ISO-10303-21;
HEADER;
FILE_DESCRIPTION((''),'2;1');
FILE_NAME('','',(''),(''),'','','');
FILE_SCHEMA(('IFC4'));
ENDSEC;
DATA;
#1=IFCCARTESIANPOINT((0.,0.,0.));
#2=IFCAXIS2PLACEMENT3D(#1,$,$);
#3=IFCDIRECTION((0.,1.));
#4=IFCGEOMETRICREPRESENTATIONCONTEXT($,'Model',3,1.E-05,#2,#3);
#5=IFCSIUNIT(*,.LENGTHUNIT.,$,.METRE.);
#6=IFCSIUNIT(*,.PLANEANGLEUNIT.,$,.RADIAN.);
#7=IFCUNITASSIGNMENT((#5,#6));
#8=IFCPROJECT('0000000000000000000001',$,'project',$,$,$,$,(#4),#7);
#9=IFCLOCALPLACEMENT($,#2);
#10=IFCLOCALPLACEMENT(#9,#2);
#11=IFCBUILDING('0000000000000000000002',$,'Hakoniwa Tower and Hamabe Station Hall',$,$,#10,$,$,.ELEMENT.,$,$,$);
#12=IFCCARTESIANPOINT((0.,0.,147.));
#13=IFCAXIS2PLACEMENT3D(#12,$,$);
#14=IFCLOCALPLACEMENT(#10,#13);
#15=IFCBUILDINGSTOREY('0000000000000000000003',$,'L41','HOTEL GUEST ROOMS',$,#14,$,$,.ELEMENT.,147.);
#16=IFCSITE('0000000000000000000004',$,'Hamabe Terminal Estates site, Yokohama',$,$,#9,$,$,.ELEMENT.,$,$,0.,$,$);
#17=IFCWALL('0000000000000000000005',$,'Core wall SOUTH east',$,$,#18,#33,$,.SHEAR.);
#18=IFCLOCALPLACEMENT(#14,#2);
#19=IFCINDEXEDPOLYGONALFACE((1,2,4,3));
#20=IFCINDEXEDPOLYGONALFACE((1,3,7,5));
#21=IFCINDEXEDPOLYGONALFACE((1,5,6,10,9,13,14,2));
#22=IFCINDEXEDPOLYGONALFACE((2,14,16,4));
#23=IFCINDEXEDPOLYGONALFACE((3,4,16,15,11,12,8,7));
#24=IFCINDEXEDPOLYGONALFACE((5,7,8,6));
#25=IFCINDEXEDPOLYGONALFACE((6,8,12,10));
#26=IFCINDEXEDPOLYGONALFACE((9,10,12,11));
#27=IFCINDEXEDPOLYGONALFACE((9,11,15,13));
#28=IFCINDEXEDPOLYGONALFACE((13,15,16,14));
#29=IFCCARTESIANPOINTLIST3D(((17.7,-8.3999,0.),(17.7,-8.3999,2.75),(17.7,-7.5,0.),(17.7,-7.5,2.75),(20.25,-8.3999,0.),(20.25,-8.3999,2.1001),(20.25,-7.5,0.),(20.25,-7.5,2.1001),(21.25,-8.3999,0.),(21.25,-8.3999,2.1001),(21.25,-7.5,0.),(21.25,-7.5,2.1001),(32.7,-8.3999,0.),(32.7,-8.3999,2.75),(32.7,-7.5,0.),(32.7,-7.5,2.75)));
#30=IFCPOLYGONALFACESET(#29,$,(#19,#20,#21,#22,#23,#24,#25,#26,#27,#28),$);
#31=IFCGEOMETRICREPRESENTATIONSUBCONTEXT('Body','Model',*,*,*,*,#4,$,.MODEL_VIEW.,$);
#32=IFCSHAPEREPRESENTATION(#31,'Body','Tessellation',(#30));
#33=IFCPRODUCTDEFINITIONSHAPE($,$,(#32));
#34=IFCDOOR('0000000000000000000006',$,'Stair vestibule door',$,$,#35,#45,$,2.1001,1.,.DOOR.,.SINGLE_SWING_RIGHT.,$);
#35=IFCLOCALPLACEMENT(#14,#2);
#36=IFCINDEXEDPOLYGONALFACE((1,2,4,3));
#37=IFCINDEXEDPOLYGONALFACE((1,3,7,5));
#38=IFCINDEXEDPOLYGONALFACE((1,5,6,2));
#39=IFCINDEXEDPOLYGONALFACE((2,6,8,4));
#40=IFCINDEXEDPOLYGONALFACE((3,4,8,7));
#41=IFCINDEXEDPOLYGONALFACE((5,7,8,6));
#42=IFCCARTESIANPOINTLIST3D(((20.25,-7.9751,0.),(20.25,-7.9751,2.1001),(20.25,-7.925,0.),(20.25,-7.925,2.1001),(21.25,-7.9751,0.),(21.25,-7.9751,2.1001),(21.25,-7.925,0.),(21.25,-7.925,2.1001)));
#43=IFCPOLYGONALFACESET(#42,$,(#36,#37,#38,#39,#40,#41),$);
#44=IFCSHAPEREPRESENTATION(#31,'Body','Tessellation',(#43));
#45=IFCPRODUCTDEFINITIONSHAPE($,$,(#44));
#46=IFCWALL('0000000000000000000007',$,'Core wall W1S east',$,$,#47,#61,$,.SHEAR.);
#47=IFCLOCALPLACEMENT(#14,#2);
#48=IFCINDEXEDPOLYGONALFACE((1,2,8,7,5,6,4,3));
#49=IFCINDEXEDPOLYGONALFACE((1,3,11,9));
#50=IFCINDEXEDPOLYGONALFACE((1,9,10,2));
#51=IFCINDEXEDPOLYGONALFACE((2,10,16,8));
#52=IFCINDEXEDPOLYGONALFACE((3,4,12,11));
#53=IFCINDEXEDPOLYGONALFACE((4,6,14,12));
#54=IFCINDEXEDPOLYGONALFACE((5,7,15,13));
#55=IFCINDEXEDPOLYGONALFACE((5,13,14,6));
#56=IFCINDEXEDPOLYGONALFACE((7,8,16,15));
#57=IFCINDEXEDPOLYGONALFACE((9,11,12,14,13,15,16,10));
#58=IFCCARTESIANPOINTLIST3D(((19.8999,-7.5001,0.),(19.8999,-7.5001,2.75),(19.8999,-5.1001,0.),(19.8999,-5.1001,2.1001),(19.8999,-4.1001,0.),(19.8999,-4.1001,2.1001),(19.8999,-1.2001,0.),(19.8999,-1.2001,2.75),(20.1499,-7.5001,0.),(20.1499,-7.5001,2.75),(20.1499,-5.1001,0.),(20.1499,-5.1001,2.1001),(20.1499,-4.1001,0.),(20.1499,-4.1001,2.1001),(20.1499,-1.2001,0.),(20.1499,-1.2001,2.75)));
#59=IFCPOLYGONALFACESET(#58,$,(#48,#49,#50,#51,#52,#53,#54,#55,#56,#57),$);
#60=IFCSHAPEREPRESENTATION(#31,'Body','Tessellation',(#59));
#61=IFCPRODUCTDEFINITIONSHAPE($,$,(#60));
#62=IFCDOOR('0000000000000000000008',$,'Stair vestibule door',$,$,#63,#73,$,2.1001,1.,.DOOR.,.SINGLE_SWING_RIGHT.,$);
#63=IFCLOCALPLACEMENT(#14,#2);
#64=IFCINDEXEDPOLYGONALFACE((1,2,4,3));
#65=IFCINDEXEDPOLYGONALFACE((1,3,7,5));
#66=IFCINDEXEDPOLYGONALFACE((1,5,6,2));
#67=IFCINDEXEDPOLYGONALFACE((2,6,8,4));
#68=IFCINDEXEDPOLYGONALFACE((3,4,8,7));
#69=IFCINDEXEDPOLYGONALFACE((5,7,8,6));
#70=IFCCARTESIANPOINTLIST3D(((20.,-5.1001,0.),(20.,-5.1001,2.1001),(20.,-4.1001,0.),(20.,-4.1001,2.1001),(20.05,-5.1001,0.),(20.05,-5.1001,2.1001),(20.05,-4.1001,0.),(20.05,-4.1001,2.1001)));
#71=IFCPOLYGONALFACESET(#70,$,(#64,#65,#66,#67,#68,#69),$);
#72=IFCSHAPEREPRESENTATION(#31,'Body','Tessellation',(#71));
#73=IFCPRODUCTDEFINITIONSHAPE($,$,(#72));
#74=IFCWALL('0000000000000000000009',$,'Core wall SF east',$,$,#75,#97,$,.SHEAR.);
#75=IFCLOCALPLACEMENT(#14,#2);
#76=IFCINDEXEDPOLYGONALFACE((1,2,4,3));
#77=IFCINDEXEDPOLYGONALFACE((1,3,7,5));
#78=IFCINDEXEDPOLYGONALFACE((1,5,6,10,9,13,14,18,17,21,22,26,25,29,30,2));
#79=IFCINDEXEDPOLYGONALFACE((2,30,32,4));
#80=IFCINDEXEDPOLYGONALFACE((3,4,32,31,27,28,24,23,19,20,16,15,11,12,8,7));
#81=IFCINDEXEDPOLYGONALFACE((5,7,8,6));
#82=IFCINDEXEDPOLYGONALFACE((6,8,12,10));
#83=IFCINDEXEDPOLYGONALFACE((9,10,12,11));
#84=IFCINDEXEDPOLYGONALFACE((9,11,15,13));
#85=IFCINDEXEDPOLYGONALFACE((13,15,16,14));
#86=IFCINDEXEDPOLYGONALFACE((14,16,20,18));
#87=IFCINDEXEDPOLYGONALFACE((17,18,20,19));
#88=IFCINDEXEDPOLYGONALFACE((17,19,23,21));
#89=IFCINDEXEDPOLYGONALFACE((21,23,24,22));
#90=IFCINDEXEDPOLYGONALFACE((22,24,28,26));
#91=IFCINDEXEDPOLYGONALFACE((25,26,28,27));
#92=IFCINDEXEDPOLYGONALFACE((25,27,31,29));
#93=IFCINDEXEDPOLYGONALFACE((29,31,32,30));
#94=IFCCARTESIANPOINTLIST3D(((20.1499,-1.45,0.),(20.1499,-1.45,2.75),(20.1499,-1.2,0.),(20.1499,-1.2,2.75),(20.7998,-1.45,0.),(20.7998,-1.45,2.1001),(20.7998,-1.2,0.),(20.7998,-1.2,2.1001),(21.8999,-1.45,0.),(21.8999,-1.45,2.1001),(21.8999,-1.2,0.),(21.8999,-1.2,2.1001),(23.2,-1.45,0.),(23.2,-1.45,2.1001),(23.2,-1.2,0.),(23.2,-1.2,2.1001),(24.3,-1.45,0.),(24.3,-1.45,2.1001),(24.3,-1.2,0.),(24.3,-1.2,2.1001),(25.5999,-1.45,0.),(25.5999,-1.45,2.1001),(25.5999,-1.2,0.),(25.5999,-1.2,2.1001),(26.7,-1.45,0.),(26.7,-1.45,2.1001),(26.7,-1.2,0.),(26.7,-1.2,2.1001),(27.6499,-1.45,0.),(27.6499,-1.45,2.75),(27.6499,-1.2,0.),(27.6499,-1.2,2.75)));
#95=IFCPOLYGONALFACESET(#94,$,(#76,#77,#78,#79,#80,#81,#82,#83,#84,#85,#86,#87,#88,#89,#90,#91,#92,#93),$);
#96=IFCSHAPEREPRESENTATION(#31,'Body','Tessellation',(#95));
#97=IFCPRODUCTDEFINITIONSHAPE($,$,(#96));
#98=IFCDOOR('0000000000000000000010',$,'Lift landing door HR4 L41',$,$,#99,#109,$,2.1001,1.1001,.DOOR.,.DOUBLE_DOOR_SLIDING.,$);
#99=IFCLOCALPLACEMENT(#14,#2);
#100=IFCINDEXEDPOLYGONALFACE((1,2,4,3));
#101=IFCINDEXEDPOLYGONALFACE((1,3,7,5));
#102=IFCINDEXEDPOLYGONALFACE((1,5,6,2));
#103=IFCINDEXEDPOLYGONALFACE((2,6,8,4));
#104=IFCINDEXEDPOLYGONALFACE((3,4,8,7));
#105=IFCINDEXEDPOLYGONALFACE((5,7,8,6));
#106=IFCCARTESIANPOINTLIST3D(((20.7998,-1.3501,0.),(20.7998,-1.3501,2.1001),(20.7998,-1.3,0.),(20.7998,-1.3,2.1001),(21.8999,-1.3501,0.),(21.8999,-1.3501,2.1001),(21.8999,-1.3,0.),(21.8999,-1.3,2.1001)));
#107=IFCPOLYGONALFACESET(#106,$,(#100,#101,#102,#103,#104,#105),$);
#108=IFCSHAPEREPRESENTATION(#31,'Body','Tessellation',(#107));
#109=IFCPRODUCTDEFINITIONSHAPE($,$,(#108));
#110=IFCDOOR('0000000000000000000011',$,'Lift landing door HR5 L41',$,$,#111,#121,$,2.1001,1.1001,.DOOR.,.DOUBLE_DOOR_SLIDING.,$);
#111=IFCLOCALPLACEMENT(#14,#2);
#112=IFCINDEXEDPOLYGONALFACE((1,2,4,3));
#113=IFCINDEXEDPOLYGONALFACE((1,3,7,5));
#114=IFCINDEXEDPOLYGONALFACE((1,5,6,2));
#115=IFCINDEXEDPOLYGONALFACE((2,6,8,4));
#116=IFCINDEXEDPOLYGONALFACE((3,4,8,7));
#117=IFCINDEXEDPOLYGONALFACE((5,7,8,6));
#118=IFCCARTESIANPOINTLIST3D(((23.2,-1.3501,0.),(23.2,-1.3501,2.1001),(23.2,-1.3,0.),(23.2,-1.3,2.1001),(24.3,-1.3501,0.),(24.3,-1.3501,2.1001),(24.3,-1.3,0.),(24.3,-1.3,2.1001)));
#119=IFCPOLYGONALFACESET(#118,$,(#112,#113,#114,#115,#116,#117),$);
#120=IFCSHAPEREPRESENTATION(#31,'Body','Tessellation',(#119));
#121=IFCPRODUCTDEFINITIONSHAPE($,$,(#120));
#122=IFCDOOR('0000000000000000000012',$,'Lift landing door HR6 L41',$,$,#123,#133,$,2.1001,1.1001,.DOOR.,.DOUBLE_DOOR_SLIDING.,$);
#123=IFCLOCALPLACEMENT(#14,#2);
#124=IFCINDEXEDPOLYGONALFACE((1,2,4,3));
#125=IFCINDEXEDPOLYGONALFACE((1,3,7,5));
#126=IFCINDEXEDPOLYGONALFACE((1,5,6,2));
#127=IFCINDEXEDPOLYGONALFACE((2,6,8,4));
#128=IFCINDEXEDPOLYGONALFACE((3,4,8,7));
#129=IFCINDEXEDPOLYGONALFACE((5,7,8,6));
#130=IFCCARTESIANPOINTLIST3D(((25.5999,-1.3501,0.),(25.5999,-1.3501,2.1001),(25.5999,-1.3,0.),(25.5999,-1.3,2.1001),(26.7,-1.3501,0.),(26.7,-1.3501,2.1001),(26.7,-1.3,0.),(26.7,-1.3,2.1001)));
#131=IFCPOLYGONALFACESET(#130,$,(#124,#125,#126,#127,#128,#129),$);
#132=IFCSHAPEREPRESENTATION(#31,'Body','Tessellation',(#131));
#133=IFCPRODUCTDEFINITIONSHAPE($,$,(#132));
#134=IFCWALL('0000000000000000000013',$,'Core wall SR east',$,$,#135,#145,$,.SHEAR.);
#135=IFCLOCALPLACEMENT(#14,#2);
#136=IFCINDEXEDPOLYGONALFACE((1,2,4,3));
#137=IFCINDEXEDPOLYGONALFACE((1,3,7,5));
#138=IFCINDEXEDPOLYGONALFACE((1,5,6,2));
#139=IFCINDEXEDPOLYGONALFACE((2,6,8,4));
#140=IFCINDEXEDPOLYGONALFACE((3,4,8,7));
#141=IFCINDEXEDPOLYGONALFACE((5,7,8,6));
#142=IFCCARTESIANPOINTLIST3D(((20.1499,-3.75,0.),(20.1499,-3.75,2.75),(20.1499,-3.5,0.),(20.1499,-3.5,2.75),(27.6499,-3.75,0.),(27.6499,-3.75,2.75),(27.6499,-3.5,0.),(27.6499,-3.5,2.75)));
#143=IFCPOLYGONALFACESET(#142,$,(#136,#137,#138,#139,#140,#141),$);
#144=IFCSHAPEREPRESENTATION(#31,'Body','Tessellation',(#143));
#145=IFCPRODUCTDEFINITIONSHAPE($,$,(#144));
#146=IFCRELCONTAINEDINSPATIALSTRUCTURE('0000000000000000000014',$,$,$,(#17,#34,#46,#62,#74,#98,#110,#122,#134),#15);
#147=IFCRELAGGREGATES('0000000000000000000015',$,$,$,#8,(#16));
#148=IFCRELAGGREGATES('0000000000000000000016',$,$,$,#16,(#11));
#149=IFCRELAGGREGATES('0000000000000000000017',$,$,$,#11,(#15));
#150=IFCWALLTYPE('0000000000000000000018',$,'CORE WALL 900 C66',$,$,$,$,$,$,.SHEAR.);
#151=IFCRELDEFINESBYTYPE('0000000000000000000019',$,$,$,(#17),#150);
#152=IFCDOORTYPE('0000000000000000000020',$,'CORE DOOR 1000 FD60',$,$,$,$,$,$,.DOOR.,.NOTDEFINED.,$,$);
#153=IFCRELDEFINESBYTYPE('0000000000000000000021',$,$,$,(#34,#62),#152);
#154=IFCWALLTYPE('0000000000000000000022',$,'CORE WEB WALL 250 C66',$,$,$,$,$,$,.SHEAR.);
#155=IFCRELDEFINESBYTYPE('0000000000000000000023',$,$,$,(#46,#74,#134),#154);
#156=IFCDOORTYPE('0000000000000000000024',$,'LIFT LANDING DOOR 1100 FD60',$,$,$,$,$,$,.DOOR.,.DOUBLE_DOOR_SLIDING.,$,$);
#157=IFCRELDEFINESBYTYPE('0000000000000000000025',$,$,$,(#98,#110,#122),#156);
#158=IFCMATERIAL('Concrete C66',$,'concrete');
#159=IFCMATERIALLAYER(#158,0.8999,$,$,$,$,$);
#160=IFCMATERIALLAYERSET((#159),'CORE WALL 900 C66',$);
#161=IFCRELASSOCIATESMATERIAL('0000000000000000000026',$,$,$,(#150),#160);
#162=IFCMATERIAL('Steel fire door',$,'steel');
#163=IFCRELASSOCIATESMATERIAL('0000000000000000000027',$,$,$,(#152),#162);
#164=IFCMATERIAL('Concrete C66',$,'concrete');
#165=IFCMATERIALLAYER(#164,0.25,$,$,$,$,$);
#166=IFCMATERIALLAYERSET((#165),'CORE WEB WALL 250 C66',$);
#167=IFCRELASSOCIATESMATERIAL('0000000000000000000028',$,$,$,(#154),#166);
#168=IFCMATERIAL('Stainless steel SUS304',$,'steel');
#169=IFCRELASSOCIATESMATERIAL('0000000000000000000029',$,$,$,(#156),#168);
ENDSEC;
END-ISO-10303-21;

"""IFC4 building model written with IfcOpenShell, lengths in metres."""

from ifc_helpers import new_model, si_unit, direction, frame, frame_2d, origin, place, context, subcontext, project, spatial, rectangle, extrude, material, layer, layer_set, type_object, element, fill, save


model = new_model("IFC4")

# Units and contexts
model_context = context("Model", 3, precision=1e-05, world=origin(), true_north=direction((0.0, 1.0)))
body_context = subcontext(model_context, "Body", "Model", "MODEL_VIEW")
ifc_project = project(units=[si_unit("LENGTHUNIT", "METRE"), si_unit("PLANEANGLEUNIT", "RADIAN")], contexts=[model_context])

# Site, building, storey
site_placement = place(None, origin())
site = spatial("IfcSite", under=ifc_project, at=site_placement, Name="Hamabe Terminal Estates site, Yokohama", CompositionType="ELEMENT", RefElevation=0.0)
building_placement = place(site_placement, origin())
building = spatial("IfcBuilding", under=site, at=building_placement, Name="Hakoniwa Tower and Hamabe Station Hall", CompositionType="ELEMENT")
storey_placement = place(building_placement, frame((0.0, 0.0, 147.0)))
storey = spatial("IfcBuildingStorey", under=building, at=storey_placement, Name="L41", Description="HOTEL GUEST ROOMS", CompositionType="ELEMENT", Elevation=147.0)

# Walls, openings, doors
ifc_material_1 = material(Name="Concrete C66", Category="concrete")
ifc_layer_1 = layer(ifc_material_1, 0.8999)
ifc_layer_set_1 = layer_set([ifc_layer_1], Name="CORE WALL 900 C66")
wall_type_1 = type_object("IfcWallType", Name="CORE WALL 900 C66", PredefinedType="SHEAR", material=ifc_layer_set_1)
wall_1_placement = place(storey_placement, frame((17.7, -7.95, 0.0), z_axis=(0.0, 0.0, 1.0), x_axis=(1.0, 0.0, 0.0)))
wall_1 = element("IfcWall", 1, at=wall_1_placement, inside=storey, type_object=wall_type_1, Name="Core wall SOUTH east", PredefinedType="SHEAR", context=body_context, shape_type="SweptSolid", body=[
    extrude(rectangle(XDim=15.0, YDim=0.8999, at=frame_2d((7.5, 0.0))), origin(), (0.0, 0.0, 1.0), 2.75),
])
opening_1_placement = place(wall_1_placement, frame((2.55, 0.0, 0.0)))
opening_1 = element("IfcOpeningElement", 2, at=opening_1_placement, cuts=wall_1, PredefinedType="OPENING", context=body_context, shape_type="SweptSolid", body=[
    extrude(rectangle(XDim=1.0, YDim=2.1001, at=frame_2d((0.5, 1.05))), frame((0.0, 0.46, 0.0), z_axis=(0.0, -1.0, 0.0), x_axis=(1.0, 0.0, 0.0)), (0.0, 0.0, 1.0), 0.9199),
])
ifc_material_2 = material(Name="Steel fire door", Category="steel")
door_type_1 = type_object("IfcDoorType", Name="CORE DOOR 1000 FD60", OperationType="NOTDEFINED", PredefinedType="DOOR", material=ifc_material_2)
door_1_placement = place(opening_1_placement, origin())
door_1 = element("IfcDoor", 3, at=door_1_placement, inside=storey, type_object=door_type_1, Name="Stair vestibule door", OperationType="SINGLE_SWING_RIGHT", OverallHeight=2.1001, OverallWidth=1.0, PredefinedType="DOOR", context=body_context, shape_type="SweptSolid", body=[
    extrude(rectangle(XDim=1.0, YDim=2.1001, at=frame_2d((0.5, 1.05))), frame((0.0, 0.0249, 0.0), z_axis=(0.0, -1.0, 0.0), x_axis=(1.0, 0.0, 0.0)), (0.0, 0.0, 1.0), 0.05),
])
fill(opening_1, door_1)
ifc_material_3 = material(Name="Concrete C66", Category="concrete")
ifc_layer_2 = layer(ifc_material_3, 0.25)
ifc_layer_set_2 = layer_set([ifc_layer_2], Name="CORE WEB WALL 250 C66")
wall_type_2 = type_object("IfcWallType", Name="CORE WEB WALL 250 C66", PredefinedType="SHEAR", material=ifc_layer_set_2)
wall_2_placement = place(storey_placement, frame((20.0249, -7.5, 0.0), z_axis=(0.0, 0.0, 1.0), x_axis=(0.0, 1.0, 0.0)))
wall_2 = element("IfcWall", 4, at=wall_2_placement, inside=storey, type_object=wall_type_2, Name="Core wall W1S east", PredefinedType="SHEAR", context=body_context, shape_type="SweptSolid", body=[
    extrude(rectangle(XDim=6.3, YDim=0.25, at=frame_2d((3.1499, 0.0))), origin(), (0.0, 0.0, 1.0), 2.75),
])
opening_2_placement = place(wall_2_placement, frame((2.3999, 0.0, 0.0)))
opening_2 = element("IfcOpeningElement", 5, at=opening_2_placement, cuts=wall_2, PredefinedType="OPENING", context=body_context, shape_type="SweptSolid", body=[
    extrude(rectangle(XDim=1.0, YDim=2.1001, at=frame_2d((0.5, 1.05))), frame((0.0, 0.135, 0.0), z_axis=(0.0, -1.0, 0.0), x_axis=(1.0, 0.0, 0.0)), (0.0, 0.0, 1.0), 0.27),
])
door_2_placement = place(opening_2_placement, origin())
door_2 = element("IfcDoor", 6, at=door_2_placement, inside=storey, type_object=door_type_1, Name="Stair vestibule door", OperationType="SINGLE_SWING_RIGHT", OverallHeight=2.1001, OverallWidth=1.0, PredefinedType="DOOR", context=body_context, shape_type="SweptSolid", body=[
    extrude(rectangle(XDim=1.0, YDim=2.1001, at=frame_2d((0.5, 1.05))), frame((0.0, 0.0249, 0.0), z_axis=(0.0, -1.0, 0.0), x_axis=(1.0, 0.0, 0.0)), (0.0, 0.0, 1.0), 0.05),
])
fill(opening_2, door_2)

# Wall, openings, doors
wall_3_placement = place(storey_placement, frame((20.1499, -1.325, 0.0), z_axis=(0.0, 0.0, 1.0), x_axis=(1.0, 0.0, 0.0)))
wall_3 = element("IfcWall", 7, at=wall_3_placement, inside=storey, type_object=wall_type_2, Name="Core wall SF east", PredefinedType="SHEAR", context=body_context, shape_type="SweptSolid", body=[
    extrude(rectangle(XDim=7.5, YDim=0.25, at=frame_2d((3.75, 0.0))), origin(), (0.0, 0.0, 1.0), 2.75),
])
opening_3_placement = place(wall_3_placement, frame((0.6499, 0.0, 0.0)))
opening_3 = element("IfcOpeningElement", 8, at=opening_3_placement, cuts=wall_3, PredefinedType="OPENING", context=body_context, shape_type="SweptSolid", body=[
    extrude(rectangle(XDim=1.1001, YDim=2.1001, at=frame_2d((0.55, 1.05))), frame((0.0, 0.135, 0.0), z_axis=(0.0, -1.0, 0.0), x_axis=(1.0, 0.0, 0.0)), (0.0, 0.0, 1.0), 0.27),
])
opening_4_placement = place(wall_3_placement, frame((3.05, 0.0, 0.0)))
opening_4 = element("IfcOpeningElement", 9, at=opening_4_placement, cuts=wall_3, PredefinedType="OPENING", context=body_context, shape_type="SweptSolid", body=[
    extrude(rectangle(XDim=1.1001, YDim=2.1001, at=frame_2d((0.55, 1.05))), frame((0.0, 0.135, 0.0), z_axis=(0.0, -1.0, 0.0), x_axis=(1.0, 0.0, 0.0)), (0.0, 0.0, 1.0), 0.27),
])
opening_5_placement = place(wall_3_placement, frame((5.45, 0.0, 0.0)))
opening_5 = element("IfcOpeningElement", 10, at=opening_5_placement, cuts=wall_3, PredefinedType="OPENING", context=body_context, shape_type="SweptSolid", body=[
    extrude(rectangle(XDim=1.1001, YDim=2.1001, at=frame_2d((0.55, 1.05))), frame((0.0, 0.135, 0.0), z_axis=(0.0, -1.0, 0.0), x_axis=(1.0, 0.0, 0.0)), (0.0, 0.0, 1.0), 0.27),
])
ifc_material_4 = material(Name="Stainless steel SUS304", Category="steel")
door_type_2 = type_object("IfcDoorType", Name="LIFT LANDING DOOR 1100 FD60", OperationType="DOUBLE_DOOR_SLIDING", PredefinedType="DOOR", material=ifc_material_4)
door_3_placement = place(opening_3_placement, origin())
door_3 = element("IfcDoor", 11, at=door_3_placement, inside=storey, type_object=door_type_2, Name="Lift landing door HR4 L41", OperationType="DOUBLE_DOOR_SLIDING", OverallHeight=2.1001, OverallWidth=1.1001, PredefinedType="DOOR", context=body_context, shape_type="SweptSolid", body=[
    extrude(rectangle(XDim=1.1001, YDim=2.1001, at=frame_2d((0.55, 1.05))), frame((0.0, 0.0249, 0.0), z_axis=(0.0, -1.0, 0.0), x_axis=(1.0, 0.0, 0.0)), (0.0, 0.0, 1.0), 0.05),
])
fill(opening_3, door_3)
door_4_placement = place(opening_4_placement, origin())
door_4 = element("IfcDoor", 12, at=door_4_placement, inside=storey, type_object=door_type_2, Name="Lift landing door HR5 L41", OperationType="DOUBLE_DOOR_SLIDING", OverallHeight=2.1001, OverallWidth=1.1001, PredefinedType="DOOR", context=body_context, shape_type="SweptSolid", body=[
    extrude(rectangle(XDim=1.1001, YDim=2.1001, at=frame_2d((0.55, 1.05))), frame((0.0, 0.0249, 0.0), z_axis=(0.0, -1.0, 0.0), x_axis=(1.0, 0.0, 0.0)), (0.0, 0.0, 1.0), 0.05),
])
fill(opening_4, door_4)
door_5_placement = place(opening_5_placement, origin())
door_5 = element("IfcDoor", 13, at=door_5_placement, inside=storey, type_object=door_type_2, Name="Lift landing door HR6 L41", OperationType="DOUBLE_DOOR_SLIDING", OverallHeight=2.1001, OverallWidth=1.1001, PredefinedType="DOOR", context=body_context, shape_type="SweptSolid", body=[
    extrude(rectangle(XDim=1.1001, YDim=2.1001, at=frame_2d((0.55, 1.05))), frame((0.0, 0.0249, 0.0), z_axis=(0.0, -1.0, 0.0), x_axis=(1.0, 0.0, 0.0)), (0.0, 0.0, 1.0), 0.05),
])
fill(opening_5, door_5)

# Wall
wall_4_placement = place(storey_placement, frame((20.1499, -3.625, 0.0), z_axis=(0.0, 0.0, 1.0), x_axis=(1.0, 0.0, 0.0)))
element("IfcWall", 14, at=wall_4_placement, inside=storey, type_object=wall_type_2, Name="Core wall SR east", PredefinedType="SHEAR", context=body_context, shape_type="SweptSolid", body=[
    extrude(rectangle(XDim=7.5, YDim=0.25, at=frame_2d((3.75, 0.0))), origin(), (0.0, 0.0, 1.0), 2.75),
])

save(model, "model.ifc")
